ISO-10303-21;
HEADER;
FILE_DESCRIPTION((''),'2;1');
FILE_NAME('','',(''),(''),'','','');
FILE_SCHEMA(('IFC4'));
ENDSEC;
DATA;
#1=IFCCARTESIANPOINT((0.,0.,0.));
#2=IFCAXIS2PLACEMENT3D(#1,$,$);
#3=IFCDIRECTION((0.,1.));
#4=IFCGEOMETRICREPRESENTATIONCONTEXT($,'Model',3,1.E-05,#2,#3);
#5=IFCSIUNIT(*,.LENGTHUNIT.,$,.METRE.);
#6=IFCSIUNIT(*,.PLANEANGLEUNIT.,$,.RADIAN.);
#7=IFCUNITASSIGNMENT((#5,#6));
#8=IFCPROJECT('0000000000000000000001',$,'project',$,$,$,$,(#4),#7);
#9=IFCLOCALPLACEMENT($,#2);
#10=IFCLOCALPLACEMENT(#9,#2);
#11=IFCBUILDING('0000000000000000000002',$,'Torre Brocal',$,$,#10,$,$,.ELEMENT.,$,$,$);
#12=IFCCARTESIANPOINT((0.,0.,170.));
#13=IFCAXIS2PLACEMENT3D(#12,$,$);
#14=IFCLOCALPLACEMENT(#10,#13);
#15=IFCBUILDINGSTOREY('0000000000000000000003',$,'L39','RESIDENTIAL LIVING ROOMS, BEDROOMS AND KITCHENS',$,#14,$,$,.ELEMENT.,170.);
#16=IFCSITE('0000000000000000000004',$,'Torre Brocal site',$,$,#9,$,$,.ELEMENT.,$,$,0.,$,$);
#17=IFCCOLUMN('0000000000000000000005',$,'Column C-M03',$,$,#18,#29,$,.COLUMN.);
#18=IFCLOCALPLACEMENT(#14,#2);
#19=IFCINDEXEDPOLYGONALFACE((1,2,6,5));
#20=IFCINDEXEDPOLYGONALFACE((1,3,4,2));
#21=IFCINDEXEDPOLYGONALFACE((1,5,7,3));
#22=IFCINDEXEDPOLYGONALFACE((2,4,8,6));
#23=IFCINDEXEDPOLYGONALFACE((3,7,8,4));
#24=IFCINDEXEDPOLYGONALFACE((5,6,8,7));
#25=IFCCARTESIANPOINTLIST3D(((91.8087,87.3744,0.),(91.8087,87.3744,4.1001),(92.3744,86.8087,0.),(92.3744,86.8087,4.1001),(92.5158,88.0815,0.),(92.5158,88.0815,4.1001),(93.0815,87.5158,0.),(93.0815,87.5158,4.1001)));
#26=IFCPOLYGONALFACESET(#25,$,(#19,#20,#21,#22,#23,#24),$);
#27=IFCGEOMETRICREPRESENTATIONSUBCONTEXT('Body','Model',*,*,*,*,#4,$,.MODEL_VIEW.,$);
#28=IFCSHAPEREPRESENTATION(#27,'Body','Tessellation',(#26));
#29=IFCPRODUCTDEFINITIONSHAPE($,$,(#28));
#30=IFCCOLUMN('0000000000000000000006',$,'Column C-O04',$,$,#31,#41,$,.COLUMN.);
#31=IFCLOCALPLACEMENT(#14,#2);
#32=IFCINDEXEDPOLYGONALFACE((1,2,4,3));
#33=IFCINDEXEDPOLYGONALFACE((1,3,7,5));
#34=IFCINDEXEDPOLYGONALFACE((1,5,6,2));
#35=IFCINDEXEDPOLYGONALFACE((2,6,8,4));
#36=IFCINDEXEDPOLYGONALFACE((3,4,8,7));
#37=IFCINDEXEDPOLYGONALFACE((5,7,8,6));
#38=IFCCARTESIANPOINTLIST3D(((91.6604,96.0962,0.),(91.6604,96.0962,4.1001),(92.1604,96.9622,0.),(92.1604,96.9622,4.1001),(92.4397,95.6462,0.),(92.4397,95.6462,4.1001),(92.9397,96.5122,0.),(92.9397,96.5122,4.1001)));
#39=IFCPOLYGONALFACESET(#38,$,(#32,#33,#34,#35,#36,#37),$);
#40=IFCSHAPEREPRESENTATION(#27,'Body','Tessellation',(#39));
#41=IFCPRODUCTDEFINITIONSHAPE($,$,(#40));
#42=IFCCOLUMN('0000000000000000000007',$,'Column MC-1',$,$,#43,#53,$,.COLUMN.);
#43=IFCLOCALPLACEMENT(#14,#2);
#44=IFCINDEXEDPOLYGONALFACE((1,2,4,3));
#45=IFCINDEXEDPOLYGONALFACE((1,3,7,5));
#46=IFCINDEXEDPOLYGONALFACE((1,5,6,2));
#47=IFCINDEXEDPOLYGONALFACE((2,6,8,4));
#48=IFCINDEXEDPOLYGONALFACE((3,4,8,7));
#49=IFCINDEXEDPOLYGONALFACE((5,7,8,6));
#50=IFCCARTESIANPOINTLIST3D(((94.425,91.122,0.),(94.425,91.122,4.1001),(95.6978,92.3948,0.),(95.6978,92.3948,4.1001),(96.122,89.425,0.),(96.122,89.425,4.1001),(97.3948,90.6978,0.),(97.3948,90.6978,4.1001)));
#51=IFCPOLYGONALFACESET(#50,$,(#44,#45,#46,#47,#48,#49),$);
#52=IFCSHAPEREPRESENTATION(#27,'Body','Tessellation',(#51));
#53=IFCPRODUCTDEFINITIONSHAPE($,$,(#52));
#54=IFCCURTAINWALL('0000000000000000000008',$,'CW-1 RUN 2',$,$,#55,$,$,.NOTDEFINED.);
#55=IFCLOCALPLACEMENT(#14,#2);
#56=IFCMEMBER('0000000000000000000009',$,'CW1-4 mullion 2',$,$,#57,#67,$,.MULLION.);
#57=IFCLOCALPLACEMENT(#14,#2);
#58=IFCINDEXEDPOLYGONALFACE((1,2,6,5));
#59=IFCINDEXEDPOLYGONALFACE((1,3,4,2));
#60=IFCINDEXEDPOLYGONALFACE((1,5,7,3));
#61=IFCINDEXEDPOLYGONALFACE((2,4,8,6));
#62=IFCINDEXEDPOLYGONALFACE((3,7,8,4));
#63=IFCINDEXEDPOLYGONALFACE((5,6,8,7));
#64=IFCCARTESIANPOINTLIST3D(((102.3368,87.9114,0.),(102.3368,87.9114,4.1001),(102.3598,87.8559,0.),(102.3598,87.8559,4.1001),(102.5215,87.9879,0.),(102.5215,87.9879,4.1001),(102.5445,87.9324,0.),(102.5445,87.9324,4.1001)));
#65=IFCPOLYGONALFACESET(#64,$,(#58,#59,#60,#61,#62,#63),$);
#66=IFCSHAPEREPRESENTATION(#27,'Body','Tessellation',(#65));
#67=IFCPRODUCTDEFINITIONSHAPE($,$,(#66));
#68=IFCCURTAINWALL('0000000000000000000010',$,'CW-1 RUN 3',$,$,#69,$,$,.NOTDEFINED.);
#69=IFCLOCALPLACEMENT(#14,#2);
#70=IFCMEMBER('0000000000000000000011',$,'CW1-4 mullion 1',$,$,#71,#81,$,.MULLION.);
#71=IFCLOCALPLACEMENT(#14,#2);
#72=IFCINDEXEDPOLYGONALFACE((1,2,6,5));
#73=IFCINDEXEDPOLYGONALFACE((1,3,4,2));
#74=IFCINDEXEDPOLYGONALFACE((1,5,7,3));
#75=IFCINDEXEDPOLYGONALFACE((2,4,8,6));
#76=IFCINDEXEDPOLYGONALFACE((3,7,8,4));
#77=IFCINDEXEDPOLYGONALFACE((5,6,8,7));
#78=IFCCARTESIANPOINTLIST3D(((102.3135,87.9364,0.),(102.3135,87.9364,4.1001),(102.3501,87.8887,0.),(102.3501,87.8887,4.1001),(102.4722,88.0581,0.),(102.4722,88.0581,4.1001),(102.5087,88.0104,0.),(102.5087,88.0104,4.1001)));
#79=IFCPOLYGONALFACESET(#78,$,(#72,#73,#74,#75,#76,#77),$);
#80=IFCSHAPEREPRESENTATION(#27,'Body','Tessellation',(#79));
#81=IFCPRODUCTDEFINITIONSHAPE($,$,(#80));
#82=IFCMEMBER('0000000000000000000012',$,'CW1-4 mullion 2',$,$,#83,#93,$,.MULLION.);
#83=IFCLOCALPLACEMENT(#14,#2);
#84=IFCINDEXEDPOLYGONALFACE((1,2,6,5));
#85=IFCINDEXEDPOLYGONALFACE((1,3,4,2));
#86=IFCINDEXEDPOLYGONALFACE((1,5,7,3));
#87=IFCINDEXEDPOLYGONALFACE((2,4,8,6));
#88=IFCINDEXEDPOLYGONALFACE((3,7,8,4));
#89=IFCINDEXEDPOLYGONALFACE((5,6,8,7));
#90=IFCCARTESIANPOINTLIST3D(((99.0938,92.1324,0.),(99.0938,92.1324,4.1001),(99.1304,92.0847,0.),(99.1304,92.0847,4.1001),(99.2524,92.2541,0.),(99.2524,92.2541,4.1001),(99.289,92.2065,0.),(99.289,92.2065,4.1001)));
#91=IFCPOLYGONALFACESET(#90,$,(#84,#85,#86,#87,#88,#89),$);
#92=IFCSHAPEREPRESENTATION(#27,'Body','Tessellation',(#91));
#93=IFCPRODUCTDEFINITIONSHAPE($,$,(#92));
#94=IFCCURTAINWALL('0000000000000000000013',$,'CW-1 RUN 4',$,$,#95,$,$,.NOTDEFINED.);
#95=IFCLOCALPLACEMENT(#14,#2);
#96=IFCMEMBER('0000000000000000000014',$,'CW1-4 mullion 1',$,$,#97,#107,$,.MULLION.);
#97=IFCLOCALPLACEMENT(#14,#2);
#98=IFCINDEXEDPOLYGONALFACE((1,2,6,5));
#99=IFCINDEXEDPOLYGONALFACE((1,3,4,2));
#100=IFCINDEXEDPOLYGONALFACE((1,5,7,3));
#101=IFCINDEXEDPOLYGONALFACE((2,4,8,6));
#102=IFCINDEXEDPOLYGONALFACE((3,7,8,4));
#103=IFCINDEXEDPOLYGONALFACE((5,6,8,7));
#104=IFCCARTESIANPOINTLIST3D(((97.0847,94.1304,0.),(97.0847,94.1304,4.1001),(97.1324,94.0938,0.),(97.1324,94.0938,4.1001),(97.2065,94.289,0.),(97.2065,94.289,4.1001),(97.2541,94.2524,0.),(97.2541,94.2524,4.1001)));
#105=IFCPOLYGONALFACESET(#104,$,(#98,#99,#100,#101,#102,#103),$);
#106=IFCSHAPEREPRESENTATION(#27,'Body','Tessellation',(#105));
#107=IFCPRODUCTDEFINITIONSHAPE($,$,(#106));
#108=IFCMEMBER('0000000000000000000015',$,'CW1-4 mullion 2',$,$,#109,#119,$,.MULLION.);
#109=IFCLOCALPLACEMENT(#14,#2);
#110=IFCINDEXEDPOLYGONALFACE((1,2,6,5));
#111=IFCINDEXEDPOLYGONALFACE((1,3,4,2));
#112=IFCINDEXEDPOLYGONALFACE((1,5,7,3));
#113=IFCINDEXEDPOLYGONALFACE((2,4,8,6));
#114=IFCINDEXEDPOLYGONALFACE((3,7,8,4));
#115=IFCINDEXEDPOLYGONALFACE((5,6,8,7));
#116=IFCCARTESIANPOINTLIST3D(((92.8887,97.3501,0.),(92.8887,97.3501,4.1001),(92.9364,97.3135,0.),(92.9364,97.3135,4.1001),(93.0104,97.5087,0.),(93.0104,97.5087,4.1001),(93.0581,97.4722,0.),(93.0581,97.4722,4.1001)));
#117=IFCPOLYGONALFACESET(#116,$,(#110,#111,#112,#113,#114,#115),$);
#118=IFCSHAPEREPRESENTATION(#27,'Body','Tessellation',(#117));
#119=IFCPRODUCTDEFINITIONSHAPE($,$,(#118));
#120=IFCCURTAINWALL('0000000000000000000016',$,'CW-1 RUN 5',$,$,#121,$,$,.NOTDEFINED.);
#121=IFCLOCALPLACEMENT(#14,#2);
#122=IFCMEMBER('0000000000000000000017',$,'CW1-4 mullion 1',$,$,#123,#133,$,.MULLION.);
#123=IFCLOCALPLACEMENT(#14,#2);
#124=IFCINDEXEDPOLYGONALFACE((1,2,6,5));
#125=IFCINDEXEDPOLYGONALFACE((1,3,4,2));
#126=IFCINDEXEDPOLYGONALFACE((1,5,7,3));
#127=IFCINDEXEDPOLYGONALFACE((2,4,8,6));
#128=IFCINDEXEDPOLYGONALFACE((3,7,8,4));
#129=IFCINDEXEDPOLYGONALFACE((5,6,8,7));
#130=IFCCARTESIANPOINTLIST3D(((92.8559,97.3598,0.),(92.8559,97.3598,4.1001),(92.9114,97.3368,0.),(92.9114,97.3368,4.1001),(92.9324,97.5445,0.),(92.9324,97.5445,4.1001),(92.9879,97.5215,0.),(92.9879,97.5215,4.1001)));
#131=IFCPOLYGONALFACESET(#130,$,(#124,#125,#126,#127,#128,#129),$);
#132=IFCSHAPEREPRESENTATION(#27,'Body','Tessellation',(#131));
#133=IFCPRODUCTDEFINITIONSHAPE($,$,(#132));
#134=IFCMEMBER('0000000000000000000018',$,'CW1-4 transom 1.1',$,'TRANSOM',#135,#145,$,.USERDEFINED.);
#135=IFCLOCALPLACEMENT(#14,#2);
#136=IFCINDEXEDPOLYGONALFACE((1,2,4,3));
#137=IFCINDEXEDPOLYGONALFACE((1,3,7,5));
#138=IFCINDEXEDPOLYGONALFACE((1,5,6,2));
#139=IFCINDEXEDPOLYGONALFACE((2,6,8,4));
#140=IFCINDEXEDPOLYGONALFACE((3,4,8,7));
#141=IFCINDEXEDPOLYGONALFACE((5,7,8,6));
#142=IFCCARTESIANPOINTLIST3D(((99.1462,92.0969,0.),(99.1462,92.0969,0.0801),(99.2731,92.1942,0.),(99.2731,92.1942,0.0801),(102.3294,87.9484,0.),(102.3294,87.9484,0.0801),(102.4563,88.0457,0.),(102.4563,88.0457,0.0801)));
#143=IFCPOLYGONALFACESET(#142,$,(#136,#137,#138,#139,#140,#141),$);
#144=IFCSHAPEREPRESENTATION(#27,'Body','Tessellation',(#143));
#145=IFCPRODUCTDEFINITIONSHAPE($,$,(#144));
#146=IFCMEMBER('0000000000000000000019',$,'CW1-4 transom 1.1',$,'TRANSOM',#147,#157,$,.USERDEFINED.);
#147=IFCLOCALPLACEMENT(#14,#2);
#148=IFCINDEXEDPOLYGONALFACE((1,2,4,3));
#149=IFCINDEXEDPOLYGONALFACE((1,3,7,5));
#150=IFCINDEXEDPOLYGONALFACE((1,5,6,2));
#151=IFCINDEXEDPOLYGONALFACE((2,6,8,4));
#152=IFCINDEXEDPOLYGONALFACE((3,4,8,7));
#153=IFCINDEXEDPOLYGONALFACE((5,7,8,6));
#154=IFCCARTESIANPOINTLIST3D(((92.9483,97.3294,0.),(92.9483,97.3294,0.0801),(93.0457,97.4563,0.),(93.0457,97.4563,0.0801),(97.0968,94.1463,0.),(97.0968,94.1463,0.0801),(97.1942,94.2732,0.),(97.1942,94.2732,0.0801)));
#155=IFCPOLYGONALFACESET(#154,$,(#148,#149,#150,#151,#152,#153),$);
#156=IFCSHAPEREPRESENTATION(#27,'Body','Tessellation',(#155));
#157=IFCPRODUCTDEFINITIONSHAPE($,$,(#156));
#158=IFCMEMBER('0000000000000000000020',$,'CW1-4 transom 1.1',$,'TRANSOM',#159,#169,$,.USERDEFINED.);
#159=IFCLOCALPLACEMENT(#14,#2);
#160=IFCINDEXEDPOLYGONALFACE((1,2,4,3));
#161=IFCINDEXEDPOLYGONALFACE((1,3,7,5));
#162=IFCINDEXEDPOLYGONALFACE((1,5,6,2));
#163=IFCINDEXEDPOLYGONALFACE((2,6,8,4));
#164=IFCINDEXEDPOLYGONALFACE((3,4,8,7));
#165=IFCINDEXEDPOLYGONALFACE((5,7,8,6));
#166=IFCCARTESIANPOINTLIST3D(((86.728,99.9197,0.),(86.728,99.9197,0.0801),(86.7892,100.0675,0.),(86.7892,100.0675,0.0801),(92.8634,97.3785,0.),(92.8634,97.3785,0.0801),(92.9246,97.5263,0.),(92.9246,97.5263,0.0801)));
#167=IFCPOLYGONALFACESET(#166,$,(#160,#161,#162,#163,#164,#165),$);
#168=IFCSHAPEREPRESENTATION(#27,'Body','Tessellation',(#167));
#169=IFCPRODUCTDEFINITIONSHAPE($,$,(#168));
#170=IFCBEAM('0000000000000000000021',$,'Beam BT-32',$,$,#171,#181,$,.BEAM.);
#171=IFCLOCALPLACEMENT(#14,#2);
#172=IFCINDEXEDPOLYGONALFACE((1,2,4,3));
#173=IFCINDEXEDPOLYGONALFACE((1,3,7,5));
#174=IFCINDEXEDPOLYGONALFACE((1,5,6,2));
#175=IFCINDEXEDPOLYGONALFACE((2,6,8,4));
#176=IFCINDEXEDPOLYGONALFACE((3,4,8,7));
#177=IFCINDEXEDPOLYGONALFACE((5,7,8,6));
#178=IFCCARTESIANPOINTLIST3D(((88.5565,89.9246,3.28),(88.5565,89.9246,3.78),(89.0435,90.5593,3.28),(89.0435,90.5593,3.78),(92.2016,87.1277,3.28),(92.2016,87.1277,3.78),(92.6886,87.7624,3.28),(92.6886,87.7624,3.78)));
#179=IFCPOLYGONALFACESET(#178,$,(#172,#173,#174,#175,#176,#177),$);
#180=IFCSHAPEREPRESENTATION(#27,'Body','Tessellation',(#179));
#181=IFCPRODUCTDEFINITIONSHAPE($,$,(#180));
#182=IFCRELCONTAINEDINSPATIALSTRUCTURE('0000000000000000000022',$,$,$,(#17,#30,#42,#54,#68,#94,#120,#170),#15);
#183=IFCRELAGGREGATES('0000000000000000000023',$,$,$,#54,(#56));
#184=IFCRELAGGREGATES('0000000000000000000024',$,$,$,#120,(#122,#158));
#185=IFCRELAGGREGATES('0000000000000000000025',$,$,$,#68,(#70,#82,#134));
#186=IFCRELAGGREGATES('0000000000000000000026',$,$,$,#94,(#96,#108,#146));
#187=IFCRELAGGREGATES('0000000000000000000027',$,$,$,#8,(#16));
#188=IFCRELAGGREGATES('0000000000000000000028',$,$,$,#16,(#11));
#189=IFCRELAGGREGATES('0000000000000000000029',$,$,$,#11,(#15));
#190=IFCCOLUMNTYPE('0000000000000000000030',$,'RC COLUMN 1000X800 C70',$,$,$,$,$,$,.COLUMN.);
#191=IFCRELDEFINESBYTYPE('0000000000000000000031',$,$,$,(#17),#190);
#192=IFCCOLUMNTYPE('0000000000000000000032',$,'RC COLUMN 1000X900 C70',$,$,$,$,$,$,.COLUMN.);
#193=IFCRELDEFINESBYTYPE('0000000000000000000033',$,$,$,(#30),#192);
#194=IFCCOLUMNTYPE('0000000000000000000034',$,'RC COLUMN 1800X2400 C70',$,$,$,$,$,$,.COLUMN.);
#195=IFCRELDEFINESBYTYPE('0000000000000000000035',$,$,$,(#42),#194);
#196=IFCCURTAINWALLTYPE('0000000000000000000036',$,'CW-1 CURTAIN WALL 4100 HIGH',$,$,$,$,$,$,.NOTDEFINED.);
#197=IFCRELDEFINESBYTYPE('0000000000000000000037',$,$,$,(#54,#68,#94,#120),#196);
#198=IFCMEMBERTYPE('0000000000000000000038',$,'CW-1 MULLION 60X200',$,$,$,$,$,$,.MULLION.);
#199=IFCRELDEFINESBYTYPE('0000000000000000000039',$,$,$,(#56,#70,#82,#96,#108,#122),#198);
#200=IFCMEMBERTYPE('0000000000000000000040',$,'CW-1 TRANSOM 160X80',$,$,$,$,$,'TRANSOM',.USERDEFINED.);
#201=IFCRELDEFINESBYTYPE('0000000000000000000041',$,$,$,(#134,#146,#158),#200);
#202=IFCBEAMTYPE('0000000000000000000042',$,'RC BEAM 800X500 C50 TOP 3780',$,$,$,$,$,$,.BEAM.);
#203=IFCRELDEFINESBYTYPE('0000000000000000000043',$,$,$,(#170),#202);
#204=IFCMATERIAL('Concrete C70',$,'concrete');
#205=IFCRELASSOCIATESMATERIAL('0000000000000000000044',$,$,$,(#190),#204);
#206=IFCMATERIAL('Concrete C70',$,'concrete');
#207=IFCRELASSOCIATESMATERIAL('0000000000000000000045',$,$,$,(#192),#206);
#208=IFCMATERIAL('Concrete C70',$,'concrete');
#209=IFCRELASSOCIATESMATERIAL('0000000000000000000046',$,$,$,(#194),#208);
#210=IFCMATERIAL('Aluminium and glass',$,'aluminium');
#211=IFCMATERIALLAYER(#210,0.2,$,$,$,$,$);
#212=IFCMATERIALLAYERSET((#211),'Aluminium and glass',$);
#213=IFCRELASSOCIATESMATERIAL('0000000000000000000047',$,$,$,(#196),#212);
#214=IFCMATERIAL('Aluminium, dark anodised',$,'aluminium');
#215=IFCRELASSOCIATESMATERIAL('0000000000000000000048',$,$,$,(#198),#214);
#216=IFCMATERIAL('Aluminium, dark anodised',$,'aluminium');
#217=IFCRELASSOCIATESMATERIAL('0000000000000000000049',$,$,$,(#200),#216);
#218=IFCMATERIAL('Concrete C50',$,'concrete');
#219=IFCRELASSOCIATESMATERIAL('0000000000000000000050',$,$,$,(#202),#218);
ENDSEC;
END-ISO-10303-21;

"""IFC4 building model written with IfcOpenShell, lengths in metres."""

from ifc_helpers import new_model, si_unit, direction, frame, origin, origin_2d, place, context, subcontext, project, spatial, rectangle, extrude, material, layer, layer_set, material_profile, profile_set, type_object, element, aggregate, save


model = new_model("IFC4")

# Units and contexts
model_context = context("Model", 3, precision=1e-05, world=origin(), true_north=direction((0.0, 1.0)))
body_context = subcontext(model_context, "Body", "Model", "MODEL_VIEW")
ifc_project = project(units=[si_unit("LENGTHUNIT", "METRE"), si_unit("PLANEANGLEUNIT", "RADIAN")], contexts=[model_context])

# Site, building, storey
site_placement = place(None, origin())
site = spatial("IfcSite", under=ifc_project, at=site_placement, Name="Torre Brocal site", CompositionType="ELEMENT", RefElevation=0.0)
building_placement = place(site_placement, origin())
building = spatial("IfcBuilding", under=site, at=building_placement, Name="Torre Brocal", CompositionType="ELEMENT")
storey_placement = place(building_placement, frame((0.0, 0.0, 170.0)))
storey = spatial("IfcBuildingStorey", under=building, at=storey_placement, Name="L39", Description="RESIDENTIAL LIVING ROOMS, BEDROOMS AND KITCHENS", CompositionType="ELEMENT", Elevation=170.0)

# Columns
ifc_material_1 = material(Name="Concrete C70", Category="concrete")
ifc_material_profile_1 = material_profile(ifc_material_1, rectangle(XDim=1.0, YDim=0.8, at=origin_2d()), Name="RC 1000X800")
ifc_profile_set_1 = profile_set([ifc_material_profile_1], Name="Concrete C70")
column_type_1 = type_object("IfcColumnType", Name="RC COLUMN 1000X800 C70", PredefinedType="COLUMN", material=ifc_profile_set_1)
column_1_placement = place(storey_placement, frame((92.4451, 87.4451, 0.0), z_axis=(0.0, 0.0, 1.0), x_axis=(0.707107, 0.707107, 0.0)))
element("IfcColumn", 1, at=column_1_placement, inside=storey, type_object=column_type_1, Name="Column C-M03", PredefinedType="COLUMN", context=body_context, shape_type="SweptSolid", body=[
    extrude(rectangle(XDim=1.0, YDim=0.8, at=origin_2d()), origin(), (0.0, 0.0, 1.0), 4.1001),
])
ifc_material_2 = material(Name="Concrete C70", Category="concrete")
ifc_material_profile_2 = material_profile(ifc_material_2, rectangle(XDim=1.0, YDim=0.8999, at=origin_2d()), Name="RC 1000X900")
ifc_profile_set_2 = profile_set([ifc_material_profile_2], Name="Concrete C70")
column_type_2 = type_object("IfcColumnType", Name="RC COLUMN 1000X900 C70", PredefinedType="COLUMN", material=ifc_profile_set_2)
column_2_placement = place(storey_placement, frame((92.3, 96.3042, 0.0), z_axis=(0.0, 0.0, 1.0), x_axis=(0.5, 0.866025, 0.0)))
element("IfcColumn", 2, at=column_2_placement, inside=storey, type_object=column_type_2, Name="Column C-O04", PredefinedType="COLUMN", context=body_context, shape_type="SweptSolid", body=[
    extrude(rectangle(XDim=1.0, YDim=0.8999, at=origin_2d()), origin(), (0.0, 0.0, 1.0), 4.1001),
])
ifc_material_3 = material(Name="Concrete C70", Category="concrete")
ifc_material_profile_3 = material_profile(ifc_material_3, rectangle(XDim=1.8, YDim=2.3999, at=origin_2d()), Name="RC 1800X2400")
ifc_profile_set_3 = profile_set([ifc_material_profile_3], Name="Concrete C70")
column_type_3 = type_object("IfcColumnType", Name="RC COLUMN 1800X2400 C70", PredefinedType="COLUMN", material=ifc_profile_set_3)
column_3_placement = place(storey_placement, frame((95.9099, 90.9099, 0.0), z_axis=(0.0, 0.0, 1.0), x_axis=(0.707107, 0.707107, 0.0)))
element("IfcColumn", 3, at=column_3_placement, inside=storey, type_object=column_type_3, Name="Column MC-1", PredefinedType="COLUMN", context=body_context, shape_type="SweptSolid", body=[
    extrude(rectangle(XDim=1.8, YDim=2.3999, at=origin_2d()), origin(), (0.0, 0.0, 1.0), 4.1001),
])

# Curtain wall, member
ifc_material_4 = material(Name="Aluminium and glass", Category="aluminium")
ifc_layer_1 = layer(ifc_material_4, 0.2)
ifc_layer_set_1 = layer_set([ifc_layer_1], Name="Aluminium and glass")
curtain_wall_type = type_object("IfcCurtainWallType", Name="CW-1 CURTAIN WALL 4100 HIGH", PredefinedType="NOTDEFINED", material=ifc_layer_set_1)
curtain_wall_1_placement = place(storey_placement, origin())
curtain_wall_1 = element("IfcCurtainWall", 4, at=curtain_wall_1_placement, inside=storey, type_object=curtain_wall_type, Name="CW-1 RUN 2", PredefinedType="NOTDEFINED")
ifc_material_5 = material(Name="Aluminium, dark anodised", Category="aluminium")
ifc_material_profile_4 = material_profile(ifc_material_5, rectangle(XDim=0.2, YDim=0.0601, at=origin_2d()), Name="CW-1 MULLION 60X200")
ifc_profile_set_4 = profile_set([ifc_material_profile_4], Name="Aluminium, dark anodised")
member_type_1 = type_object("IfcMemberType", Name="CW-1 MULLION 60X200", PredefinedType="MULLION", material=ifc_profile_set_4)
member_1_placement = place(storey_placement, frame((102.4407, 87.9219, 0.0), z_axis=(0.0, 0.0, 1.0), x_axis=(-0.92388, -0.382683, 0.0)))
member_1 = element("IfcMember", 5, at=member_1_placement, type_object=member_type_1, Name="CW1-4 mullion 2", PredefinedType="MULLION", context=body_context, shape_type="SweptSolid", body=[
    extrude(rectangle(XDim=0.2, YDim=0.0601, at=origin_2d()), origin(), (0.0, 0.0, 1.0), 4.1001),
])
aggregate(curtain_wall_1, [member_1])

# Curtain walls, members
curtain_wall_2_placement = place(storey_placement, origin())
curtain_wall_2 = element("IfcCurtainWall", 6, at=curtain_wall_2_placement, inside=storey, type_object=curtain_wall_type, Name="CW-1 RUN 3", PredefinedType="NOTDEFINED")
member_2_placement = place(storey_placement, frame((102.4111, 87.9734, 0.0), z_axis=(0.0, 0.0, 1.0), x_axis=(-0.793353, -0.608761, 0.0)))
member_2 = element("IfcMember", 7, at=member_2_placement, type_object=member_type_1, Name="CW1-4 mullion 1", PredefinedType="MULLION", context=body_context, shape_type="SweptSolid", body=[
    extrude(rectangle(XDim=0.2, YDim=0.0601, at=origin_2d()), origin(), (0.0, 0.0, 1.0), 4.1001),
])
member_3_placement = place(storey_placement, frame((99.1914, 92.1694, 0.0), z_axis=(0.0, 0.0, 1.0), x_axis=(-0.793353, -0.608761, 0.0)))
member_3 = element("IfcMember", 8, at=member_3_placement, type_object=member_type_1, Name="CW1-4 mullion 2", PredefinedType="MULLION", context=body_context, shape_type="SweptSolid", body=[
    extrude(rectangle(XDim=0.2, YDim=0.0601, at=origin_2d()), origin(), (0.0, 0.0, 1.0), 4.1001),
])
curtain_wall_3_placement = place(storey_placement, origin())
curtain_wall_3 = element("IfcCurtainWall", 9, at=curtain_wall_3_placement, inside=storey, type_object=curtain_wall_type, Name="CW-1 RUN 4", PredefinedType="NOTDEFINED")
member_4_placement = place(storey_placement, frame((97.1694, 94.1914, 0.0), z_axis=(0.0, 0.0, 1.0), x_axis=(-0.608761, -0.793353, 0.0)))
member_4 = element("IfcMember", 10, at=member_4_placement, type_object=member_type_1, Name="CW1-4 mullion 1", PredefinedType="MULLION", context=body_context, shape_type="SweptSolid", body=[
    extrude(rectangle(XDim=0.2, YDim=0.0601, at=origin_2d()), origin(), (0.0, 0.0, 1.0), 4.1001),
])
member_5_placement = place(storey_placement, frame((92.9734, 97.4111, 0.0), z_axis=(0.0, 0.0, 1.0), x_axis=(-0.608761, -0.793353, 0.0)))
member_5 = element("IfcMember", 11, at=member_5_placement, type_object=member_type_1, Name="CW1-4 mullion 2", PredefinedType="MULLION", context=body_context, shape_type="SweptSolid", body=[
    extrude(rectangle(XDim=0.2, YDim=0.0601, at=origin_2d()), origin(), (0.0, 0.0, 1.0), 4.1001),
])

# Curtain wall, member
curtain_wall_4_placement = place(storey_placement, origin())
curtain_wall_4 = element("IfcCurtainWall", 12, at=curtain_wall_4_placement, inside=storey, type_object=curtain_wall_type, Name="CW-1 RUN 5", PredefinedType="NOTDEFINED")
member_6_placement = place(storey_placement, frame((92.9219, 97.4407, 0.0), z_axis=(0.0, 0.0, 1.0), x_axis=(-0.382683, -0.92388, 0.0)))
member_6 = element("IfcMember", 13, at=member_6_placement, type_object=member_type_1, Name="CW1-4 mullion 1", PredefinedType="MULLION", context=body_context, shape_type="SweptSolid", body=[
    extrude(rectangle(XDim=0.2, YDim=0.0601, at=origin_2d()), origin(), (0.0, 0.0, 1.0), 4.1001),
])

# Members
ifc_material_6 = material(Name="Aluminium, dark anodised", Category="aluminium")
ifc_material_profile_5 = material_profile(ifc_material_6, rectangle(XDim=0.1599, YDim=0.0801, at=origin_2d()), Name="CW-1 TRANSOM 160X80")
ifc_profile_set_5 = profile_set([ifc_material_profile_5], Name="Aluminium, dark anodised")
member_type_2 = type_object("IfcMemberType", Name="CW-1 TRANSOM 160X80", ElementType="TRANSOM", PredefinedType="USERDEFINED", material=ifc_profile_set_5)
member_7_placement = place(storey_placement, frame((102.3928, 87.9971, 0.04), z_axis=(-0.608749, 0.793363, 0.0), x_axis=(-0.793363, -0.608749, 0.0)))
member_7 = element("IfcMember", 14, at=member_7_placement, type_object=member_type_2, Name="CW1-4 transom 1.1", ObjectType="TRANSOM", PredefinedType="USERDEFINED", context=body_context, shape_type="SweptSolid", body=[
    extrude(rectangle(XDim=0.1599, YDim=0.0801, at=origin_2d()), origin(), (0.0, 0.0, 1.0), 5.229),
])
member_8_placement = place(storey_placement, frame((97.1455, 94.2097, 0.04), z_axis=(-0.793363, 0.608749, 0.0), x_axis=(-0.608749, -0.793363, 0.0)))
member_8 = element("IfcMember", 15, at=member_8_placement, type_object=member_type_2, Name="CW1-4 transom 1.1", ObjectType="TRANSOM", PredefinedType="USERDEFINED", context=body_context, shape_type="SweptSolid", body=[
    extrude(rectangle(XDim=0.1599, YDim=0.0801, at=origin_2d()), origin(), (0.0, 0.0, 1.0), 5.229),
])
member_9_placement = place(storey_placement, frame((92.894, 97.4524, 0.04), z_axis=(-0.923887, 0.382665, 0.0), x_axis=(-0.382665, -0.923887, 0.0)))
member_9 = element("IfcMember", 16, at=member_9_placement, type_object=member_type_2, Name="CW1-4 transom 1.1", ObjectType="TRANSOM", PredefinedType="USERDEFINED", context=body_context, shape_type="SweptSolid", body=[
    extrude(rectangle(XDim=0.1599, YDim=0.0801, at=origin_2d()), origin(), (0.0, 0.0, 1.0), 6.6409),
])
aggregate(curtain_wall_4, [member_6, member_9])

# Beam
ifc_material_7 = material(Name="Concrete C50", Category="concrete")
ifc_material_profile_6 = material_profile(ifc_material_7, rectangle(XDim=0.8, YDim=0.5, at=origin_2d()), Name="RC 800X500")
ifc_profile_set_6 = profile_set([ifc_material_profile_6], Name="Concrete C50")
beam_type_1 = type_object("IfcBeamType", Name="RC BEAM 800X500 C50 TOP 3780", PredefinedType="BEAM", material=ifc_profile_set_6)
beam_1_placement = place(storey_placement, frame((92.4451, 87.4451, 3.53), z_axis=(-0.793358, 0.608755, 0.0), x_axis=(-0.608755, -0.793358, 0.0)))
element("IfcBeam", 17, at=beam_1_placement, inside=storey, type_object=beam_type_1, Name="Beam BT-32", PredefinedType="BEAM", context=body_context, shape_type="SweptSolid", body=[
    extrude(rectangle(XDim=0.8, YDim=0.5, at=origin_2d()), origin(), (0.0, 0.0, 1.0), 4.5945),
])

aggregate(curtain_wall_2, [member_2, member_3, member_7])
aggregate(curtain_wall_3, [member_4, member_5, member_8])

save(model, "model.ifc")
